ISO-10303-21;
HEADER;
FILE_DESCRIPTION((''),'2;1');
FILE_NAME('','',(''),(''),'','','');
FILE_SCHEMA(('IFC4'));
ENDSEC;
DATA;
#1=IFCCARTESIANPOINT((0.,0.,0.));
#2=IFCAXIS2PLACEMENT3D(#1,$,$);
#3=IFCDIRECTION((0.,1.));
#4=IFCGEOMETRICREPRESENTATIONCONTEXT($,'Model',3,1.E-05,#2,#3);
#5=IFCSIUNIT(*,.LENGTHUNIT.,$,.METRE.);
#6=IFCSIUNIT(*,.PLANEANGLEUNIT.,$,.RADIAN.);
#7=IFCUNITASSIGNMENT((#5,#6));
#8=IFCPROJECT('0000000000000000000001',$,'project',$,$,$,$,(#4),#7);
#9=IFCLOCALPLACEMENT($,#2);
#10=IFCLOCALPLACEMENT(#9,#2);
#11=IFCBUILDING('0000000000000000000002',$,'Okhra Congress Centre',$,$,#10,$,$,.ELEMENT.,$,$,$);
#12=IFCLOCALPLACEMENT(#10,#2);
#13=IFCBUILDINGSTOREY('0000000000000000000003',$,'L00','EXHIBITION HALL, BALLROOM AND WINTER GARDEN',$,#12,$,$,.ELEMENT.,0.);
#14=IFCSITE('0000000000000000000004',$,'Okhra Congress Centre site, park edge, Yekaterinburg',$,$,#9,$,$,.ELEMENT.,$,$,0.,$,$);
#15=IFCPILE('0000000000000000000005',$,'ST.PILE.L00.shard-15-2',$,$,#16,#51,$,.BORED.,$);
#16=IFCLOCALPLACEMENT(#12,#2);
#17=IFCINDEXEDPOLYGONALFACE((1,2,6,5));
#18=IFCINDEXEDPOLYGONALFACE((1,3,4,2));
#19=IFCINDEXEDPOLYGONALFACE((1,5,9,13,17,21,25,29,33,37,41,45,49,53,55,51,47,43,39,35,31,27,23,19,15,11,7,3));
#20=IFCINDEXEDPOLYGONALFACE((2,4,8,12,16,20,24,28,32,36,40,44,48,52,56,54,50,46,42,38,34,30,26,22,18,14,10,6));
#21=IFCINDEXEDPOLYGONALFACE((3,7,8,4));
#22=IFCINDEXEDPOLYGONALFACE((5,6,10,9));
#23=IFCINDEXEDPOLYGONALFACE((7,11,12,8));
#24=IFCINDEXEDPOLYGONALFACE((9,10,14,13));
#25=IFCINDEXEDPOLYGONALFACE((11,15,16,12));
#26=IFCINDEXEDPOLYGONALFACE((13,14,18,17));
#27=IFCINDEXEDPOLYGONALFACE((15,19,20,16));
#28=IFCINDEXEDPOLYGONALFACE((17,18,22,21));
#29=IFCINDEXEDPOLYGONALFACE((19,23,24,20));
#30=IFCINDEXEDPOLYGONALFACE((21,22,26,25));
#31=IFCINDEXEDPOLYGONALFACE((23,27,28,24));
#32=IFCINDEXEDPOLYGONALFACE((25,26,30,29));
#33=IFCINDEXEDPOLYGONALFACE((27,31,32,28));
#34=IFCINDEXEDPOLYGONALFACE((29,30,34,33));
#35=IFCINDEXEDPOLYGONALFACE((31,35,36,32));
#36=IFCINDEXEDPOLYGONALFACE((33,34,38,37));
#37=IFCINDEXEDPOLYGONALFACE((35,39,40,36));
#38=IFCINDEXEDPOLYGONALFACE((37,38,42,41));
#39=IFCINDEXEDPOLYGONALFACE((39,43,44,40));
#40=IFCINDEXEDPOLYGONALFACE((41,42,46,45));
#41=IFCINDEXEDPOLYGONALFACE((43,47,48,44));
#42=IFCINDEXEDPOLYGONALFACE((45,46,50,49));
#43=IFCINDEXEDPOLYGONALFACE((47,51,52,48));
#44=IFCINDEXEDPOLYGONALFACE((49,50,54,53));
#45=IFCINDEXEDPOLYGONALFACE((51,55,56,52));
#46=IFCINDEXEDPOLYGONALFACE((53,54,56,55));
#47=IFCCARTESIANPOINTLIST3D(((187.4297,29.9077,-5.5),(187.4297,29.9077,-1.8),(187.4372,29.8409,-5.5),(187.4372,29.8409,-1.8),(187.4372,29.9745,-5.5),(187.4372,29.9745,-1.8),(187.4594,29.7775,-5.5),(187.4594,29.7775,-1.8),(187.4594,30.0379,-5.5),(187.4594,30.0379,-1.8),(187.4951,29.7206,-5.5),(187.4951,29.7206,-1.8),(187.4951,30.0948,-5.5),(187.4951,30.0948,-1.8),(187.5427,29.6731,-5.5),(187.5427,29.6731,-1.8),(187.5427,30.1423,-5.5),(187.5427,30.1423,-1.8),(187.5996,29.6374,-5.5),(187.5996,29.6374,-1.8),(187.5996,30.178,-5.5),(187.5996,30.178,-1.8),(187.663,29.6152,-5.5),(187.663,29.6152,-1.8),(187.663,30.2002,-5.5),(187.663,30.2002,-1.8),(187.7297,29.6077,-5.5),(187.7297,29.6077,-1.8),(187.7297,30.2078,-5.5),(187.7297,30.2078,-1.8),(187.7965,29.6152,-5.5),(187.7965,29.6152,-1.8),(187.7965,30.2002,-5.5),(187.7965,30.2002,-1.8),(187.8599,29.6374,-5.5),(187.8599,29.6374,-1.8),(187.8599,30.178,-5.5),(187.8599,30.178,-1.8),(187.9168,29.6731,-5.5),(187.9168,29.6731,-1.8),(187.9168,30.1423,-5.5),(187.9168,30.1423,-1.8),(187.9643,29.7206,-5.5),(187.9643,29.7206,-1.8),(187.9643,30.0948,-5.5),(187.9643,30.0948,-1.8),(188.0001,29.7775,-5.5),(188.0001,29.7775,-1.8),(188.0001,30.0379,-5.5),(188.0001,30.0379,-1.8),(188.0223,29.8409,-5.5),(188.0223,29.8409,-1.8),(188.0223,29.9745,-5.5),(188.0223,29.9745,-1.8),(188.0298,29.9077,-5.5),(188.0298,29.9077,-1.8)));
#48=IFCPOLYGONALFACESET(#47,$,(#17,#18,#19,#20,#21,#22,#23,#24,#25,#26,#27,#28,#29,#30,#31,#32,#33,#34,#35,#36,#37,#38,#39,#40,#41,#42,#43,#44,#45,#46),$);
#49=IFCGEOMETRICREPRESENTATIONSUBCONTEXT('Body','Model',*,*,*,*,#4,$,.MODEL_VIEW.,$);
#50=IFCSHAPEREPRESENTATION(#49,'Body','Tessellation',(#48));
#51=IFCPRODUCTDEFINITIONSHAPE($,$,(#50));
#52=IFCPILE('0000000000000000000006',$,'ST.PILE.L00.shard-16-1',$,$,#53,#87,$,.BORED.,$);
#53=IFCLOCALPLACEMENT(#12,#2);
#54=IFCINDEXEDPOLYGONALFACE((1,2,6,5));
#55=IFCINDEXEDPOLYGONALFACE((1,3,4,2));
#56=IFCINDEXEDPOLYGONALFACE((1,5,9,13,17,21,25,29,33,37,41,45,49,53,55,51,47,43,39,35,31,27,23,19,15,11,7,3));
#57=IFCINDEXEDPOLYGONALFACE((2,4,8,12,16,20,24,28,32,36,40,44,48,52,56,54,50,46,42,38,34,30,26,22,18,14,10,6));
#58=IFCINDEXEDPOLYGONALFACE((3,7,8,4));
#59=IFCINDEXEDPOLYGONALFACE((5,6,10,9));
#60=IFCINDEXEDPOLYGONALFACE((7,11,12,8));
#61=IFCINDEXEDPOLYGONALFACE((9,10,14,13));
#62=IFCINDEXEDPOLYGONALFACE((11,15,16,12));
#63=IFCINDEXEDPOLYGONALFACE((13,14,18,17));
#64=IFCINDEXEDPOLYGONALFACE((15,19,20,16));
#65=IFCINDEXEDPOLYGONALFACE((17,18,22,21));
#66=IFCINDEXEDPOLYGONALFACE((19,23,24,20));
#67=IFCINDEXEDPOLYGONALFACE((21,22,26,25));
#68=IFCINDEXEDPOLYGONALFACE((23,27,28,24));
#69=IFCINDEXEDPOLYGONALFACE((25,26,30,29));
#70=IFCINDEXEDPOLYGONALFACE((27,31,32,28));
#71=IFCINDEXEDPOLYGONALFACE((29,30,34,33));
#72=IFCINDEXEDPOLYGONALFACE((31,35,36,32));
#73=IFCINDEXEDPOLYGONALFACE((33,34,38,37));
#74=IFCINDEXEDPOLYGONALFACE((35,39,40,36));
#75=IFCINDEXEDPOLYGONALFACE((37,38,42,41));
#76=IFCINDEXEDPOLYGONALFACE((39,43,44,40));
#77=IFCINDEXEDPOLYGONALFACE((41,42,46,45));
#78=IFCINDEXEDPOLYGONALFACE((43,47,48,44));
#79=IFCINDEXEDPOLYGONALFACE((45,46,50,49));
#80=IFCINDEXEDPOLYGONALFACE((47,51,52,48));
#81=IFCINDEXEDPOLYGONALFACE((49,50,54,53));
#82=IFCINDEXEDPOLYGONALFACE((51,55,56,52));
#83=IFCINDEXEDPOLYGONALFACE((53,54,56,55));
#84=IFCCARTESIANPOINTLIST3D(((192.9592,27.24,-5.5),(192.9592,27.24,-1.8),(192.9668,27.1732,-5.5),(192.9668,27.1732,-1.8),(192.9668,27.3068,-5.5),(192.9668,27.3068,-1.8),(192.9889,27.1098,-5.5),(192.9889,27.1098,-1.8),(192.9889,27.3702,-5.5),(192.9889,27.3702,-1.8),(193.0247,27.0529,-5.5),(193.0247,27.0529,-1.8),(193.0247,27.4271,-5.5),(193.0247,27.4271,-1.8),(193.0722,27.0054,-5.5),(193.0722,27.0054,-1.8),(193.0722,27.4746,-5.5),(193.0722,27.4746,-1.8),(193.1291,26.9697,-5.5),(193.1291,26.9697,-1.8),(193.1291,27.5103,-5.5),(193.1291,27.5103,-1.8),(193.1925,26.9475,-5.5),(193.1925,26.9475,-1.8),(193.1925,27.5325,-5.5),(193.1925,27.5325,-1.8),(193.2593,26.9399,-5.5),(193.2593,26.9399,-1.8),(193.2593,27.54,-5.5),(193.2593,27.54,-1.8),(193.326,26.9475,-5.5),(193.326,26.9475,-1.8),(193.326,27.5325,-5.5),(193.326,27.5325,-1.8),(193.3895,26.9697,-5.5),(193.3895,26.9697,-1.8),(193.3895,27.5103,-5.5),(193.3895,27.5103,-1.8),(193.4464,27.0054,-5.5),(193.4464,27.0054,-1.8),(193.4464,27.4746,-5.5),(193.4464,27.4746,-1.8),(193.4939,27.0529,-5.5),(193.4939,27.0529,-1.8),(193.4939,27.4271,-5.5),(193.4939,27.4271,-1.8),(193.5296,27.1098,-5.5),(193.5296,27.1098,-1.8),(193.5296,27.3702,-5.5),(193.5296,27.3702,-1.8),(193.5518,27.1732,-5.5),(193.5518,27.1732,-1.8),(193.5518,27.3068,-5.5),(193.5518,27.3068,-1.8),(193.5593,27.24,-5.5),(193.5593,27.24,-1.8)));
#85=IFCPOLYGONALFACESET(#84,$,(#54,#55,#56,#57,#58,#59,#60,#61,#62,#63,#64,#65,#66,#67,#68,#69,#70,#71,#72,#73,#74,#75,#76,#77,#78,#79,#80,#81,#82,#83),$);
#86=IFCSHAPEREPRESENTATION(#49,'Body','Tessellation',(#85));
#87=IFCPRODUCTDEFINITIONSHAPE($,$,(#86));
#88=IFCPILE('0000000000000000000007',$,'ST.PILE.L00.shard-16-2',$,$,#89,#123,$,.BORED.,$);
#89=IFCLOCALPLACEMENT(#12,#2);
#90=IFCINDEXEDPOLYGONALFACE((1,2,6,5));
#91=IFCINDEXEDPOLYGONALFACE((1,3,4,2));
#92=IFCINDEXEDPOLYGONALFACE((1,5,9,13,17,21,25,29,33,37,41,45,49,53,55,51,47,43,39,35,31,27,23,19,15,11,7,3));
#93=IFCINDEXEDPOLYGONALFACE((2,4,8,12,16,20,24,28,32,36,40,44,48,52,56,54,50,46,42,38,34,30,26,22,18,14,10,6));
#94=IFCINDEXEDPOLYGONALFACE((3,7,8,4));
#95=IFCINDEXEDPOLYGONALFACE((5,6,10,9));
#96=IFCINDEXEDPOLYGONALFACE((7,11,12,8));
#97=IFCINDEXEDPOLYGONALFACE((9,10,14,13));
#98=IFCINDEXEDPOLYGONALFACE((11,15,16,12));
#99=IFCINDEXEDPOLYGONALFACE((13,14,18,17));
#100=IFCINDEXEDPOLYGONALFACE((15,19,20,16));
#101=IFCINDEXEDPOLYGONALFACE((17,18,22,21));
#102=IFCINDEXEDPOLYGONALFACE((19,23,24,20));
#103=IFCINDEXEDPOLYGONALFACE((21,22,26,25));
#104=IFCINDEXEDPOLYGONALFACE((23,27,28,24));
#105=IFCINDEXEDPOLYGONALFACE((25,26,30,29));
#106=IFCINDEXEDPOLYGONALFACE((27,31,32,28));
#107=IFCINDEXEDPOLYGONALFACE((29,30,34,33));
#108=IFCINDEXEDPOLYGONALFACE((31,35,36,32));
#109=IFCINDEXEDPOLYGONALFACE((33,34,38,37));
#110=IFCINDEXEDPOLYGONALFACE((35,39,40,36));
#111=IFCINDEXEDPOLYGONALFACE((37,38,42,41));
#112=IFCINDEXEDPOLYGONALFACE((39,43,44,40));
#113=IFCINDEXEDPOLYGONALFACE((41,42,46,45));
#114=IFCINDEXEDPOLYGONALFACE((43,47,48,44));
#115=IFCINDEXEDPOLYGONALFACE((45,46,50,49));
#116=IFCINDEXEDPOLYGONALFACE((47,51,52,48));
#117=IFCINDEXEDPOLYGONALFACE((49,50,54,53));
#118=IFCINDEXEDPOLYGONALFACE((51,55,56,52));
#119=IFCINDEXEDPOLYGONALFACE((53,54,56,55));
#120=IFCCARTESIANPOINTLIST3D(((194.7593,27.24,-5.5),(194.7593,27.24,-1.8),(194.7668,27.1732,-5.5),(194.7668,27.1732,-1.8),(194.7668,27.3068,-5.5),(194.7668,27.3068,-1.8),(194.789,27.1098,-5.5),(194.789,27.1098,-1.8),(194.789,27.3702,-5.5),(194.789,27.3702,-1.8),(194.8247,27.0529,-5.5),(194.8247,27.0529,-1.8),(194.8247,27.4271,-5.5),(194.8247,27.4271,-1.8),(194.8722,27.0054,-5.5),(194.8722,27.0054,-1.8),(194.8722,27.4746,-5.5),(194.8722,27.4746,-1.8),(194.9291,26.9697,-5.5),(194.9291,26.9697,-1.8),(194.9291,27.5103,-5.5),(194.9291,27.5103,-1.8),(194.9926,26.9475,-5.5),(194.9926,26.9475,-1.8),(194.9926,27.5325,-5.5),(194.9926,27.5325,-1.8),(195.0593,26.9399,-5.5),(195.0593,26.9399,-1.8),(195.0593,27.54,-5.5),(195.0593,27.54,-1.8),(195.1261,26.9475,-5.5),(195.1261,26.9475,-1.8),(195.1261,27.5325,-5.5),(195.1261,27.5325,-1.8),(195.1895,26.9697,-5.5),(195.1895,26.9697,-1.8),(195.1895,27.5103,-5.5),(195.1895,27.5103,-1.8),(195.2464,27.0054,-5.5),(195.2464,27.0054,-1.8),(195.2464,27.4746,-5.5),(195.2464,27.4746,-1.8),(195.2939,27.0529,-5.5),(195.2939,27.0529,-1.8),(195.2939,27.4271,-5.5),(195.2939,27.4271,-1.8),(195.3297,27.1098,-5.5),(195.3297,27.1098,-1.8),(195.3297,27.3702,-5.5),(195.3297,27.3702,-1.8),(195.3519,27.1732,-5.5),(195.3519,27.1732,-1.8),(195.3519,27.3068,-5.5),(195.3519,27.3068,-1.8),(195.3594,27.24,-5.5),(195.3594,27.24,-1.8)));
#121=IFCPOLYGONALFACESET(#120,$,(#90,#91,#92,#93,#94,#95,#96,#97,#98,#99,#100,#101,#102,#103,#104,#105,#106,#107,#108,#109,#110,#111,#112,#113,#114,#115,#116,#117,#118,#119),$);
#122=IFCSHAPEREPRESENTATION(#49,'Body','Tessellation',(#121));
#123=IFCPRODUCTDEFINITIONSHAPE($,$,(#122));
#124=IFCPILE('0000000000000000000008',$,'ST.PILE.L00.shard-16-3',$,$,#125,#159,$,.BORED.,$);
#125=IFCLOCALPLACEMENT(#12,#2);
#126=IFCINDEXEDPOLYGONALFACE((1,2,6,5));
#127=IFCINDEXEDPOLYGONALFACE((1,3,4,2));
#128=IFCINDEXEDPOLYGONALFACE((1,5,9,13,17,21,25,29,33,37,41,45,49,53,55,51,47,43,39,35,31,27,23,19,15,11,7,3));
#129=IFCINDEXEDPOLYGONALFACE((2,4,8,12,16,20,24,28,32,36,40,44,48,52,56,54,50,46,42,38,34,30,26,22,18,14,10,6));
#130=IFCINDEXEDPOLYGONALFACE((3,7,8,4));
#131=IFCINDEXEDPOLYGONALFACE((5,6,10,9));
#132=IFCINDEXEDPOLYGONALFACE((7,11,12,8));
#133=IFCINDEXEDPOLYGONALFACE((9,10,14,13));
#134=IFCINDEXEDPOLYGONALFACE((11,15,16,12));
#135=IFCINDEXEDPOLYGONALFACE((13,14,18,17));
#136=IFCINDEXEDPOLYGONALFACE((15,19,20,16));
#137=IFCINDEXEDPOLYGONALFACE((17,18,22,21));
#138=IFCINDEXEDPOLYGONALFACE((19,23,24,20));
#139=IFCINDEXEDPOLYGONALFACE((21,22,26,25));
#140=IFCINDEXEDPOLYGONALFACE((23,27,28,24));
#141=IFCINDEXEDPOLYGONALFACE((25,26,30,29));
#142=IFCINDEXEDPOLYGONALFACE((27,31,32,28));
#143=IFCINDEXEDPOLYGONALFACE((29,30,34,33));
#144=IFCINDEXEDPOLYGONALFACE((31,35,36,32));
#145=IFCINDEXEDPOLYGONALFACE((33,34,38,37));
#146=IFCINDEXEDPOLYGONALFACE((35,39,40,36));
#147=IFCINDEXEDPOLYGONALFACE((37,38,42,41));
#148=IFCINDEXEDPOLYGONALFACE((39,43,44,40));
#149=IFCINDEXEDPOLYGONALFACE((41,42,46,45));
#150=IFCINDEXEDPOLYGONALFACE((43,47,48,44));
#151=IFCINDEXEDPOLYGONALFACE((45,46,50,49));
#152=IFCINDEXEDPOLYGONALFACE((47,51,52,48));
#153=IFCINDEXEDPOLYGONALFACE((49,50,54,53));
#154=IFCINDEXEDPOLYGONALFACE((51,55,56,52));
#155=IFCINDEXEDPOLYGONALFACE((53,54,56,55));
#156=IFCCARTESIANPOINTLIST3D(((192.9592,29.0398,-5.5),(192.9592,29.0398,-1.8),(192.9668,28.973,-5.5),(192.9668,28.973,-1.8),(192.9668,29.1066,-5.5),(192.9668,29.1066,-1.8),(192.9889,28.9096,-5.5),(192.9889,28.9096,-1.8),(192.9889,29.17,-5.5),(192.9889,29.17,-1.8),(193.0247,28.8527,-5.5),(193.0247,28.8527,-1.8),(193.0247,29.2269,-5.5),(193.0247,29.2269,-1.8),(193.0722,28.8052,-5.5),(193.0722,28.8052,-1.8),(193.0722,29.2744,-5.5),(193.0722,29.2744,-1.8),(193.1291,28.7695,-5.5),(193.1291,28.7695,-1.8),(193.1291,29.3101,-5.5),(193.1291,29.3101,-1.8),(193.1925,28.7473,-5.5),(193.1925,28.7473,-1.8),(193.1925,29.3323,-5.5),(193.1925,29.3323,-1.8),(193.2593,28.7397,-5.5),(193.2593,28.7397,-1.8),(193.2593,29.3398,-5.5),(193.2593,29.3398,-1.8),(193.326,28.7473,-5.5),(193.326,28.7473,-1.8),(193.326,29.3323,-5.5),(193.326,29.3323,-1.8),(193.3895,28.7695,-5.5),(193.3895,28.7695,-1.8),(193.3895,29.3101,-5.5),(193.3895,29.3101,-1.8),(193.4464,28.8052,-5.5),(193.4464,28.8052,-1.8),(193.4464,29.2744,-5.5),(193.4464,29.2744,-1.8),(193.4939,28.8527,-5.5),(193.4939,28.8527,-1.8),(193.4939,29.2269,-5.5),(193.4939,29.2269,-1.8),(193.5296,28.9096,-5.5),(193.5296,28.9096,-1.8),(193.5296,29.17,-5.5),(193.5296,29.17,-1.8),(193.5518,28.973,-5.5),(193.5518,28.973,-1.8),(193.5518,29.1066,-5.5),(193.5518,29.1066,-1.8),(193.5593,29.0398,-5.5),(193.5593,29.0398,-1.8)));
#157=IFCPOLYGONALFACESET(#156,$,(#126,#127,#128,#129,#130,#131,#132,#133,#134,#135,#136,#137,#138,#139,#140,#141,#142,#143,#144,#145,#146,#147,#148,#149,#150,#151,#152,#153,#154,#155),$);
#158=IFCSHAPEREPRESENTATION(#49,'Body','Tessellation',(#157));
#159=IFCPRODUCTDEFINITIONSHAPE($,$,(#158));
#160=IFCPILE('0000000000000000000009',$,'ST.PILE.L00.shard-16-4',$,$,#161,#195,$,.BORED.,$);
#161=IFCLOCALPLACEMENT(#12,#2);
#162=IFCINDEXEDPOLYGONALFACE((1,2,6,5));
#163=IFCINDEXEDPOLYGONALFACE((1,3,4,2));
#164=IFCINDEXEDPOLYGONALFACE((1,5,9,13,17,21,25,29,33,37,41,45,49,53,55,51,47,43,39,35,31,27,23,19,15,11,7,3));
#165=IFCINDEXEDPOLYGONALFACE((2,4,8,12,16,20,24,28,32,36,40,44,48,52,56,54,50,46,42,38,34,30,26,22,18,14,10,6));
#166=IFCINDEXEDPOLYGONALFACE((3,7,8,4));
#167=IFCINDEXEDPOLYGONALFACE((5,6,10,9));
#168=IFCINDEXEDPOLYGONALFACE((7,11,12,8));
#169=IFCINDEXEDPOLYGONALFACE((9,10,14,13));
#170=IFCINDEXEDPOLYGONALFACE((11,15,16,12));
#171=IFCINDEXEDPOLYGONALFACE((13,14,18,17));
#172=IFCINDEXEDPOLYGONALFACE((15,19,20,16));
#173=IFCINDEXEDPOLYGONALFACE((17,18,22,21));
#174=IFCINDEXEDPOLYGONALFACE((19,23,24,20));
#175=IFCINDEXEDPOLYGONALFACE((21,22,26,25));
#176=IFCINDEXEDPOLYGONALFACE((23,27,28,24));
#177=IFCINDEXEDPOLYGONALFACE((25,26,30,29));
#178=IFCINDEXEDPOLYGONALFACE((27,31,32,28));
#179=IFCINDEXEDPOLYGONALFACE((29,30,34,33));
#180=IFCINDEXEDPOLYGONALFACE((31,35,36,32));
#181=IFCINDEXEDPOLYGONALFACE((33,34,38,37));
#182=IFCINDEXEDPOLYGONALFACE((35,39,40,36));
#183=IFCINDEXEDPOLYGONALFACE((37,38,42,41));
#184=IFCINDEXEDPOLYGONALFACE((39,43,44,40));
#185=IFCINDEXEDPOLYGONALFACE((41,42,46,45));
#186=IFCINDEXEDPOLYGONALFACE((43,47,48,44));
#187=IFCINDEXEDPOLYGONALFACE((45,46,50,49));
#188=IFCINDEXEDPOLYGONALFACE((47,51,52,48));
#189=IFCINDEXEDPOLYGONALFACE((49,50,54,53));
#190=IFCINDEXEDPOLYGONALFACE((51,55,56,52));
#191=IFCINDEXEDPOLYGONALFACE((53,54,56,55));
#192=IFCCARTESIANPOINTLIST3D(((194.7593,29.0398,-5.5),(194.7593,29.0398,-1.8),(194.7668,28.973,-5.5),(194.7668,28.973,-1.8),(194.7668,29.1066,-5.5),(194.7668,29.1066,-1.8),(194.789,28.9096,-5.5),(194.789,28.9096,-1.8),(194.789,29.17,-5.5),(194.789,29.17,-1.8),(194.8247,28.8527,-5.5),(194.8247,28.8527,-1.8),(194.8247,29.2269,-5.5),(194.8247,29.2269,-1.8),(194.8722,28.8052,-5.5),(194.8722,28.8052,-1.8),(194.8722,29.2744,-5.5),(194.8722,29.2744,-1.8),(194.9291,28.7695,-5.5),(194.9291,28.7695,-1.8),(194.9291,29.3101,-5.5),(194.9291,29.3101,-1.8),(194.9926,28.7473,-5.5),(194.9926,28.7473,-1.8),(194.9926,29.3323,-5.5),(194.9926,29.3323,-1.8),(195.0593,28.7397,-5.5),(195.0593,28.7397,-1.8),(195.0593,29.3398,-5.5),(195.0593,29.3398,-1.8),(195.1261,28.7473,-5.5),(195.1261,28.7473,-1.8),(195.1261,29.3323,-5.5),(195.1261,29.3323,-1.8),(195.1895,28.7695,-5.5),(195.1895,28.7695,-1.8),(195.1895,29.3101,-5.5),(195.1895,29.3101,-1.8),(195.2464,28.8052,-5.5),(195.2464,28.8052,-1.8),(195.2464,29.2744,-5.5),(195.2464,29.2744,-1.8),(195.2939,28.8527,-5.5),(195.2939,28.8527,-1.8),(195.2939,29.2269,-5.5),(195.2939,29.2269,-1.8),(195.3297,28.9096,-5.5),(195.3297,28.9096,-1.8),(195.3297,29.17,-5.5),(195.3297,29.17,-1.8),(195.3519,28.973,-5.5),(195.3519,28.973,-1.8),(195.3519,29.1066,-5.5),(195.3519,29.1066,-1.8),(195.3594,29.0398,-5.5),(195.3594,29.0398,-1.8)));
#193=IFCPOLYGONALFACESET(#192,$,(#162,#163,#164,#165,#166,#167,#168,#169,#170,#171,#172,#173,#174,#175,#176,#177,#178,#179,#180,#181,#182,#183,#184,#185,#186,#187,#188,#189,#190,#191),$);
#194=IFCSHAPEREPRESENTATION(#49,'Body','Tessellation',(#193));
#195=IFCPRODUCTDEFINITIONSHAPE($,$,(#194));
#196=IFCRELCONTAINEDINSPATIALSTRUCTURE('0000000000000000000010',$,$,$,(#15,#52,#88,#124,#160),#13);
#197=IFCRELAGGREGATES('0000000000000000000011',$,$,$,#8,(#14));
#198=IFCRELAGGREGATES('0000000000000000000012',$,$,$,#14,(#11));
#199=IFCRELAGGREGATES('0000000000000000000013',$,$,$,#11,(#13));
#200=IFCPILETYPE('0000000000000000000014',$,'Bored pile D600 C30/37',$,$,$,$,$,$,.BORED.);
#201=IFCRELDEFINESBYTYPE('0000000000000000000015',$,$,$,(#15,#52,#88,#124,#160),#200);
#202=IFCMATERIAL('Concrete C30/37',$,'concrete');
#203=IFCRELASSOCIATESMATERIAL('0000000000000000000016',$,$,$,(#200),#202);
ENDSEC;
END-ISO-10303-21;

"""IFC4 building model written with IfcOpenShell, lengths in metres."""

from ifc_helpers import new_model, si_unit, direction, frame, origin, origin_2d, place, context, subcontext, project, spatial, circle, extrude, material, material_profile, profile_set, type_object, element, save


model = new_model("IFC4")

# Units and contexts
model_context = context("Model", 3, precision=1e-05, world=origin(), true_north=direction((0.0, 1.0)))
body_context = subcontext(model_context, "Body", "Model", "MODEL_VIEW")
ifc_project = project(units=[si_unit("LENGTHUNIT", "METRE"), si_unit("PLANEANGLEUNIT", "RADIAN")], contexts=[model_context])

# Site, building, storey
site_placement = place(None, origin())
site = spatial("IfcSite", under=ifc_project, at=site_placement, Name="Okhra Congress Centre site, park edge, Yekaterinburg", CompositionType="ELEMENT", RefElevation=0.0)
building_placement = place(site_placement, origin())
building = spatial("IfcBuilding", under=site, at=building_placement, Name="Okhra Congress Centre", CompositionType="ELEMENT")
storey_placement = place(building_placement, origin())
storey = spatial("IfcBuildingStorey", under=building, at=storey_placement, Name="L00", Description="EXHIBITION HALL, BALLROOM AND WINTER GARDEN", CompositionType="ELEMENT", Elevation=0.0)

# Piles
ifc_material_1 = material(Name="Concrete C30/37", Category="concrete")
ifc_material_profile_1 = material_profile(ifc_material_1, circle(Radius=0.3, at=origin_2d()), Name="D600")
ifc_profile_set_1 = profile_set([ifc_material_profile_1], Name="Concrete C30/37")
pile_type = type_object("IfcPileType", Name="Bored pile D600 C30/37", PredefinedType="BORED", material=ifc_profile_set_1)
for number, where, z_axis, x_axis, name in (
    (1, (187.7297, 29.9077, -1.8), (0.0, 0.0, -1.0), (1.0, 0.0, 0.0), "ST.PILE.L00.shard-15-2"),
    (2, (193.2593, 27.24, -1.8), (0.0, 0.0, -1.0), (1.0, 0.0, 0.0), "ST.PILE.L00.shard-16-1"),
    (3, (195.0593, 27.24, -1.8), (0.0, 0.0, -1.0), (1.0, 0.0, 0.0), "ST.PILE.L00.shard-16-2"),
    (4, (193.2593, 29.0398, -1.8), (0.0, 0.0, -1.0), (1.0, 0.0, 0.0), "ST.PILE.L00.shard-16-3"),
    (5, (195.0593, 29.0398, -1.8), (0.0, 0.0, -1.0), (1.0, 0.0, 0.0), "ST.PILE.L00.shard-16-4"),
):
    element("IfcPile", number, at=place(storey_placement, frame(where, z_axis=z_axis, x_axis=x_axis)), inside=storey, type_object=pile_type, Name=name, PredefinedType="BORED", context=body_context, shape_type="SweptSolid", body=[
        extrude(circle(Radius=0.3, at=origin_2d()), origin(), (0.0, 0.0, 1.0), 3.7),
    ])

save(model, "model.ifc")
